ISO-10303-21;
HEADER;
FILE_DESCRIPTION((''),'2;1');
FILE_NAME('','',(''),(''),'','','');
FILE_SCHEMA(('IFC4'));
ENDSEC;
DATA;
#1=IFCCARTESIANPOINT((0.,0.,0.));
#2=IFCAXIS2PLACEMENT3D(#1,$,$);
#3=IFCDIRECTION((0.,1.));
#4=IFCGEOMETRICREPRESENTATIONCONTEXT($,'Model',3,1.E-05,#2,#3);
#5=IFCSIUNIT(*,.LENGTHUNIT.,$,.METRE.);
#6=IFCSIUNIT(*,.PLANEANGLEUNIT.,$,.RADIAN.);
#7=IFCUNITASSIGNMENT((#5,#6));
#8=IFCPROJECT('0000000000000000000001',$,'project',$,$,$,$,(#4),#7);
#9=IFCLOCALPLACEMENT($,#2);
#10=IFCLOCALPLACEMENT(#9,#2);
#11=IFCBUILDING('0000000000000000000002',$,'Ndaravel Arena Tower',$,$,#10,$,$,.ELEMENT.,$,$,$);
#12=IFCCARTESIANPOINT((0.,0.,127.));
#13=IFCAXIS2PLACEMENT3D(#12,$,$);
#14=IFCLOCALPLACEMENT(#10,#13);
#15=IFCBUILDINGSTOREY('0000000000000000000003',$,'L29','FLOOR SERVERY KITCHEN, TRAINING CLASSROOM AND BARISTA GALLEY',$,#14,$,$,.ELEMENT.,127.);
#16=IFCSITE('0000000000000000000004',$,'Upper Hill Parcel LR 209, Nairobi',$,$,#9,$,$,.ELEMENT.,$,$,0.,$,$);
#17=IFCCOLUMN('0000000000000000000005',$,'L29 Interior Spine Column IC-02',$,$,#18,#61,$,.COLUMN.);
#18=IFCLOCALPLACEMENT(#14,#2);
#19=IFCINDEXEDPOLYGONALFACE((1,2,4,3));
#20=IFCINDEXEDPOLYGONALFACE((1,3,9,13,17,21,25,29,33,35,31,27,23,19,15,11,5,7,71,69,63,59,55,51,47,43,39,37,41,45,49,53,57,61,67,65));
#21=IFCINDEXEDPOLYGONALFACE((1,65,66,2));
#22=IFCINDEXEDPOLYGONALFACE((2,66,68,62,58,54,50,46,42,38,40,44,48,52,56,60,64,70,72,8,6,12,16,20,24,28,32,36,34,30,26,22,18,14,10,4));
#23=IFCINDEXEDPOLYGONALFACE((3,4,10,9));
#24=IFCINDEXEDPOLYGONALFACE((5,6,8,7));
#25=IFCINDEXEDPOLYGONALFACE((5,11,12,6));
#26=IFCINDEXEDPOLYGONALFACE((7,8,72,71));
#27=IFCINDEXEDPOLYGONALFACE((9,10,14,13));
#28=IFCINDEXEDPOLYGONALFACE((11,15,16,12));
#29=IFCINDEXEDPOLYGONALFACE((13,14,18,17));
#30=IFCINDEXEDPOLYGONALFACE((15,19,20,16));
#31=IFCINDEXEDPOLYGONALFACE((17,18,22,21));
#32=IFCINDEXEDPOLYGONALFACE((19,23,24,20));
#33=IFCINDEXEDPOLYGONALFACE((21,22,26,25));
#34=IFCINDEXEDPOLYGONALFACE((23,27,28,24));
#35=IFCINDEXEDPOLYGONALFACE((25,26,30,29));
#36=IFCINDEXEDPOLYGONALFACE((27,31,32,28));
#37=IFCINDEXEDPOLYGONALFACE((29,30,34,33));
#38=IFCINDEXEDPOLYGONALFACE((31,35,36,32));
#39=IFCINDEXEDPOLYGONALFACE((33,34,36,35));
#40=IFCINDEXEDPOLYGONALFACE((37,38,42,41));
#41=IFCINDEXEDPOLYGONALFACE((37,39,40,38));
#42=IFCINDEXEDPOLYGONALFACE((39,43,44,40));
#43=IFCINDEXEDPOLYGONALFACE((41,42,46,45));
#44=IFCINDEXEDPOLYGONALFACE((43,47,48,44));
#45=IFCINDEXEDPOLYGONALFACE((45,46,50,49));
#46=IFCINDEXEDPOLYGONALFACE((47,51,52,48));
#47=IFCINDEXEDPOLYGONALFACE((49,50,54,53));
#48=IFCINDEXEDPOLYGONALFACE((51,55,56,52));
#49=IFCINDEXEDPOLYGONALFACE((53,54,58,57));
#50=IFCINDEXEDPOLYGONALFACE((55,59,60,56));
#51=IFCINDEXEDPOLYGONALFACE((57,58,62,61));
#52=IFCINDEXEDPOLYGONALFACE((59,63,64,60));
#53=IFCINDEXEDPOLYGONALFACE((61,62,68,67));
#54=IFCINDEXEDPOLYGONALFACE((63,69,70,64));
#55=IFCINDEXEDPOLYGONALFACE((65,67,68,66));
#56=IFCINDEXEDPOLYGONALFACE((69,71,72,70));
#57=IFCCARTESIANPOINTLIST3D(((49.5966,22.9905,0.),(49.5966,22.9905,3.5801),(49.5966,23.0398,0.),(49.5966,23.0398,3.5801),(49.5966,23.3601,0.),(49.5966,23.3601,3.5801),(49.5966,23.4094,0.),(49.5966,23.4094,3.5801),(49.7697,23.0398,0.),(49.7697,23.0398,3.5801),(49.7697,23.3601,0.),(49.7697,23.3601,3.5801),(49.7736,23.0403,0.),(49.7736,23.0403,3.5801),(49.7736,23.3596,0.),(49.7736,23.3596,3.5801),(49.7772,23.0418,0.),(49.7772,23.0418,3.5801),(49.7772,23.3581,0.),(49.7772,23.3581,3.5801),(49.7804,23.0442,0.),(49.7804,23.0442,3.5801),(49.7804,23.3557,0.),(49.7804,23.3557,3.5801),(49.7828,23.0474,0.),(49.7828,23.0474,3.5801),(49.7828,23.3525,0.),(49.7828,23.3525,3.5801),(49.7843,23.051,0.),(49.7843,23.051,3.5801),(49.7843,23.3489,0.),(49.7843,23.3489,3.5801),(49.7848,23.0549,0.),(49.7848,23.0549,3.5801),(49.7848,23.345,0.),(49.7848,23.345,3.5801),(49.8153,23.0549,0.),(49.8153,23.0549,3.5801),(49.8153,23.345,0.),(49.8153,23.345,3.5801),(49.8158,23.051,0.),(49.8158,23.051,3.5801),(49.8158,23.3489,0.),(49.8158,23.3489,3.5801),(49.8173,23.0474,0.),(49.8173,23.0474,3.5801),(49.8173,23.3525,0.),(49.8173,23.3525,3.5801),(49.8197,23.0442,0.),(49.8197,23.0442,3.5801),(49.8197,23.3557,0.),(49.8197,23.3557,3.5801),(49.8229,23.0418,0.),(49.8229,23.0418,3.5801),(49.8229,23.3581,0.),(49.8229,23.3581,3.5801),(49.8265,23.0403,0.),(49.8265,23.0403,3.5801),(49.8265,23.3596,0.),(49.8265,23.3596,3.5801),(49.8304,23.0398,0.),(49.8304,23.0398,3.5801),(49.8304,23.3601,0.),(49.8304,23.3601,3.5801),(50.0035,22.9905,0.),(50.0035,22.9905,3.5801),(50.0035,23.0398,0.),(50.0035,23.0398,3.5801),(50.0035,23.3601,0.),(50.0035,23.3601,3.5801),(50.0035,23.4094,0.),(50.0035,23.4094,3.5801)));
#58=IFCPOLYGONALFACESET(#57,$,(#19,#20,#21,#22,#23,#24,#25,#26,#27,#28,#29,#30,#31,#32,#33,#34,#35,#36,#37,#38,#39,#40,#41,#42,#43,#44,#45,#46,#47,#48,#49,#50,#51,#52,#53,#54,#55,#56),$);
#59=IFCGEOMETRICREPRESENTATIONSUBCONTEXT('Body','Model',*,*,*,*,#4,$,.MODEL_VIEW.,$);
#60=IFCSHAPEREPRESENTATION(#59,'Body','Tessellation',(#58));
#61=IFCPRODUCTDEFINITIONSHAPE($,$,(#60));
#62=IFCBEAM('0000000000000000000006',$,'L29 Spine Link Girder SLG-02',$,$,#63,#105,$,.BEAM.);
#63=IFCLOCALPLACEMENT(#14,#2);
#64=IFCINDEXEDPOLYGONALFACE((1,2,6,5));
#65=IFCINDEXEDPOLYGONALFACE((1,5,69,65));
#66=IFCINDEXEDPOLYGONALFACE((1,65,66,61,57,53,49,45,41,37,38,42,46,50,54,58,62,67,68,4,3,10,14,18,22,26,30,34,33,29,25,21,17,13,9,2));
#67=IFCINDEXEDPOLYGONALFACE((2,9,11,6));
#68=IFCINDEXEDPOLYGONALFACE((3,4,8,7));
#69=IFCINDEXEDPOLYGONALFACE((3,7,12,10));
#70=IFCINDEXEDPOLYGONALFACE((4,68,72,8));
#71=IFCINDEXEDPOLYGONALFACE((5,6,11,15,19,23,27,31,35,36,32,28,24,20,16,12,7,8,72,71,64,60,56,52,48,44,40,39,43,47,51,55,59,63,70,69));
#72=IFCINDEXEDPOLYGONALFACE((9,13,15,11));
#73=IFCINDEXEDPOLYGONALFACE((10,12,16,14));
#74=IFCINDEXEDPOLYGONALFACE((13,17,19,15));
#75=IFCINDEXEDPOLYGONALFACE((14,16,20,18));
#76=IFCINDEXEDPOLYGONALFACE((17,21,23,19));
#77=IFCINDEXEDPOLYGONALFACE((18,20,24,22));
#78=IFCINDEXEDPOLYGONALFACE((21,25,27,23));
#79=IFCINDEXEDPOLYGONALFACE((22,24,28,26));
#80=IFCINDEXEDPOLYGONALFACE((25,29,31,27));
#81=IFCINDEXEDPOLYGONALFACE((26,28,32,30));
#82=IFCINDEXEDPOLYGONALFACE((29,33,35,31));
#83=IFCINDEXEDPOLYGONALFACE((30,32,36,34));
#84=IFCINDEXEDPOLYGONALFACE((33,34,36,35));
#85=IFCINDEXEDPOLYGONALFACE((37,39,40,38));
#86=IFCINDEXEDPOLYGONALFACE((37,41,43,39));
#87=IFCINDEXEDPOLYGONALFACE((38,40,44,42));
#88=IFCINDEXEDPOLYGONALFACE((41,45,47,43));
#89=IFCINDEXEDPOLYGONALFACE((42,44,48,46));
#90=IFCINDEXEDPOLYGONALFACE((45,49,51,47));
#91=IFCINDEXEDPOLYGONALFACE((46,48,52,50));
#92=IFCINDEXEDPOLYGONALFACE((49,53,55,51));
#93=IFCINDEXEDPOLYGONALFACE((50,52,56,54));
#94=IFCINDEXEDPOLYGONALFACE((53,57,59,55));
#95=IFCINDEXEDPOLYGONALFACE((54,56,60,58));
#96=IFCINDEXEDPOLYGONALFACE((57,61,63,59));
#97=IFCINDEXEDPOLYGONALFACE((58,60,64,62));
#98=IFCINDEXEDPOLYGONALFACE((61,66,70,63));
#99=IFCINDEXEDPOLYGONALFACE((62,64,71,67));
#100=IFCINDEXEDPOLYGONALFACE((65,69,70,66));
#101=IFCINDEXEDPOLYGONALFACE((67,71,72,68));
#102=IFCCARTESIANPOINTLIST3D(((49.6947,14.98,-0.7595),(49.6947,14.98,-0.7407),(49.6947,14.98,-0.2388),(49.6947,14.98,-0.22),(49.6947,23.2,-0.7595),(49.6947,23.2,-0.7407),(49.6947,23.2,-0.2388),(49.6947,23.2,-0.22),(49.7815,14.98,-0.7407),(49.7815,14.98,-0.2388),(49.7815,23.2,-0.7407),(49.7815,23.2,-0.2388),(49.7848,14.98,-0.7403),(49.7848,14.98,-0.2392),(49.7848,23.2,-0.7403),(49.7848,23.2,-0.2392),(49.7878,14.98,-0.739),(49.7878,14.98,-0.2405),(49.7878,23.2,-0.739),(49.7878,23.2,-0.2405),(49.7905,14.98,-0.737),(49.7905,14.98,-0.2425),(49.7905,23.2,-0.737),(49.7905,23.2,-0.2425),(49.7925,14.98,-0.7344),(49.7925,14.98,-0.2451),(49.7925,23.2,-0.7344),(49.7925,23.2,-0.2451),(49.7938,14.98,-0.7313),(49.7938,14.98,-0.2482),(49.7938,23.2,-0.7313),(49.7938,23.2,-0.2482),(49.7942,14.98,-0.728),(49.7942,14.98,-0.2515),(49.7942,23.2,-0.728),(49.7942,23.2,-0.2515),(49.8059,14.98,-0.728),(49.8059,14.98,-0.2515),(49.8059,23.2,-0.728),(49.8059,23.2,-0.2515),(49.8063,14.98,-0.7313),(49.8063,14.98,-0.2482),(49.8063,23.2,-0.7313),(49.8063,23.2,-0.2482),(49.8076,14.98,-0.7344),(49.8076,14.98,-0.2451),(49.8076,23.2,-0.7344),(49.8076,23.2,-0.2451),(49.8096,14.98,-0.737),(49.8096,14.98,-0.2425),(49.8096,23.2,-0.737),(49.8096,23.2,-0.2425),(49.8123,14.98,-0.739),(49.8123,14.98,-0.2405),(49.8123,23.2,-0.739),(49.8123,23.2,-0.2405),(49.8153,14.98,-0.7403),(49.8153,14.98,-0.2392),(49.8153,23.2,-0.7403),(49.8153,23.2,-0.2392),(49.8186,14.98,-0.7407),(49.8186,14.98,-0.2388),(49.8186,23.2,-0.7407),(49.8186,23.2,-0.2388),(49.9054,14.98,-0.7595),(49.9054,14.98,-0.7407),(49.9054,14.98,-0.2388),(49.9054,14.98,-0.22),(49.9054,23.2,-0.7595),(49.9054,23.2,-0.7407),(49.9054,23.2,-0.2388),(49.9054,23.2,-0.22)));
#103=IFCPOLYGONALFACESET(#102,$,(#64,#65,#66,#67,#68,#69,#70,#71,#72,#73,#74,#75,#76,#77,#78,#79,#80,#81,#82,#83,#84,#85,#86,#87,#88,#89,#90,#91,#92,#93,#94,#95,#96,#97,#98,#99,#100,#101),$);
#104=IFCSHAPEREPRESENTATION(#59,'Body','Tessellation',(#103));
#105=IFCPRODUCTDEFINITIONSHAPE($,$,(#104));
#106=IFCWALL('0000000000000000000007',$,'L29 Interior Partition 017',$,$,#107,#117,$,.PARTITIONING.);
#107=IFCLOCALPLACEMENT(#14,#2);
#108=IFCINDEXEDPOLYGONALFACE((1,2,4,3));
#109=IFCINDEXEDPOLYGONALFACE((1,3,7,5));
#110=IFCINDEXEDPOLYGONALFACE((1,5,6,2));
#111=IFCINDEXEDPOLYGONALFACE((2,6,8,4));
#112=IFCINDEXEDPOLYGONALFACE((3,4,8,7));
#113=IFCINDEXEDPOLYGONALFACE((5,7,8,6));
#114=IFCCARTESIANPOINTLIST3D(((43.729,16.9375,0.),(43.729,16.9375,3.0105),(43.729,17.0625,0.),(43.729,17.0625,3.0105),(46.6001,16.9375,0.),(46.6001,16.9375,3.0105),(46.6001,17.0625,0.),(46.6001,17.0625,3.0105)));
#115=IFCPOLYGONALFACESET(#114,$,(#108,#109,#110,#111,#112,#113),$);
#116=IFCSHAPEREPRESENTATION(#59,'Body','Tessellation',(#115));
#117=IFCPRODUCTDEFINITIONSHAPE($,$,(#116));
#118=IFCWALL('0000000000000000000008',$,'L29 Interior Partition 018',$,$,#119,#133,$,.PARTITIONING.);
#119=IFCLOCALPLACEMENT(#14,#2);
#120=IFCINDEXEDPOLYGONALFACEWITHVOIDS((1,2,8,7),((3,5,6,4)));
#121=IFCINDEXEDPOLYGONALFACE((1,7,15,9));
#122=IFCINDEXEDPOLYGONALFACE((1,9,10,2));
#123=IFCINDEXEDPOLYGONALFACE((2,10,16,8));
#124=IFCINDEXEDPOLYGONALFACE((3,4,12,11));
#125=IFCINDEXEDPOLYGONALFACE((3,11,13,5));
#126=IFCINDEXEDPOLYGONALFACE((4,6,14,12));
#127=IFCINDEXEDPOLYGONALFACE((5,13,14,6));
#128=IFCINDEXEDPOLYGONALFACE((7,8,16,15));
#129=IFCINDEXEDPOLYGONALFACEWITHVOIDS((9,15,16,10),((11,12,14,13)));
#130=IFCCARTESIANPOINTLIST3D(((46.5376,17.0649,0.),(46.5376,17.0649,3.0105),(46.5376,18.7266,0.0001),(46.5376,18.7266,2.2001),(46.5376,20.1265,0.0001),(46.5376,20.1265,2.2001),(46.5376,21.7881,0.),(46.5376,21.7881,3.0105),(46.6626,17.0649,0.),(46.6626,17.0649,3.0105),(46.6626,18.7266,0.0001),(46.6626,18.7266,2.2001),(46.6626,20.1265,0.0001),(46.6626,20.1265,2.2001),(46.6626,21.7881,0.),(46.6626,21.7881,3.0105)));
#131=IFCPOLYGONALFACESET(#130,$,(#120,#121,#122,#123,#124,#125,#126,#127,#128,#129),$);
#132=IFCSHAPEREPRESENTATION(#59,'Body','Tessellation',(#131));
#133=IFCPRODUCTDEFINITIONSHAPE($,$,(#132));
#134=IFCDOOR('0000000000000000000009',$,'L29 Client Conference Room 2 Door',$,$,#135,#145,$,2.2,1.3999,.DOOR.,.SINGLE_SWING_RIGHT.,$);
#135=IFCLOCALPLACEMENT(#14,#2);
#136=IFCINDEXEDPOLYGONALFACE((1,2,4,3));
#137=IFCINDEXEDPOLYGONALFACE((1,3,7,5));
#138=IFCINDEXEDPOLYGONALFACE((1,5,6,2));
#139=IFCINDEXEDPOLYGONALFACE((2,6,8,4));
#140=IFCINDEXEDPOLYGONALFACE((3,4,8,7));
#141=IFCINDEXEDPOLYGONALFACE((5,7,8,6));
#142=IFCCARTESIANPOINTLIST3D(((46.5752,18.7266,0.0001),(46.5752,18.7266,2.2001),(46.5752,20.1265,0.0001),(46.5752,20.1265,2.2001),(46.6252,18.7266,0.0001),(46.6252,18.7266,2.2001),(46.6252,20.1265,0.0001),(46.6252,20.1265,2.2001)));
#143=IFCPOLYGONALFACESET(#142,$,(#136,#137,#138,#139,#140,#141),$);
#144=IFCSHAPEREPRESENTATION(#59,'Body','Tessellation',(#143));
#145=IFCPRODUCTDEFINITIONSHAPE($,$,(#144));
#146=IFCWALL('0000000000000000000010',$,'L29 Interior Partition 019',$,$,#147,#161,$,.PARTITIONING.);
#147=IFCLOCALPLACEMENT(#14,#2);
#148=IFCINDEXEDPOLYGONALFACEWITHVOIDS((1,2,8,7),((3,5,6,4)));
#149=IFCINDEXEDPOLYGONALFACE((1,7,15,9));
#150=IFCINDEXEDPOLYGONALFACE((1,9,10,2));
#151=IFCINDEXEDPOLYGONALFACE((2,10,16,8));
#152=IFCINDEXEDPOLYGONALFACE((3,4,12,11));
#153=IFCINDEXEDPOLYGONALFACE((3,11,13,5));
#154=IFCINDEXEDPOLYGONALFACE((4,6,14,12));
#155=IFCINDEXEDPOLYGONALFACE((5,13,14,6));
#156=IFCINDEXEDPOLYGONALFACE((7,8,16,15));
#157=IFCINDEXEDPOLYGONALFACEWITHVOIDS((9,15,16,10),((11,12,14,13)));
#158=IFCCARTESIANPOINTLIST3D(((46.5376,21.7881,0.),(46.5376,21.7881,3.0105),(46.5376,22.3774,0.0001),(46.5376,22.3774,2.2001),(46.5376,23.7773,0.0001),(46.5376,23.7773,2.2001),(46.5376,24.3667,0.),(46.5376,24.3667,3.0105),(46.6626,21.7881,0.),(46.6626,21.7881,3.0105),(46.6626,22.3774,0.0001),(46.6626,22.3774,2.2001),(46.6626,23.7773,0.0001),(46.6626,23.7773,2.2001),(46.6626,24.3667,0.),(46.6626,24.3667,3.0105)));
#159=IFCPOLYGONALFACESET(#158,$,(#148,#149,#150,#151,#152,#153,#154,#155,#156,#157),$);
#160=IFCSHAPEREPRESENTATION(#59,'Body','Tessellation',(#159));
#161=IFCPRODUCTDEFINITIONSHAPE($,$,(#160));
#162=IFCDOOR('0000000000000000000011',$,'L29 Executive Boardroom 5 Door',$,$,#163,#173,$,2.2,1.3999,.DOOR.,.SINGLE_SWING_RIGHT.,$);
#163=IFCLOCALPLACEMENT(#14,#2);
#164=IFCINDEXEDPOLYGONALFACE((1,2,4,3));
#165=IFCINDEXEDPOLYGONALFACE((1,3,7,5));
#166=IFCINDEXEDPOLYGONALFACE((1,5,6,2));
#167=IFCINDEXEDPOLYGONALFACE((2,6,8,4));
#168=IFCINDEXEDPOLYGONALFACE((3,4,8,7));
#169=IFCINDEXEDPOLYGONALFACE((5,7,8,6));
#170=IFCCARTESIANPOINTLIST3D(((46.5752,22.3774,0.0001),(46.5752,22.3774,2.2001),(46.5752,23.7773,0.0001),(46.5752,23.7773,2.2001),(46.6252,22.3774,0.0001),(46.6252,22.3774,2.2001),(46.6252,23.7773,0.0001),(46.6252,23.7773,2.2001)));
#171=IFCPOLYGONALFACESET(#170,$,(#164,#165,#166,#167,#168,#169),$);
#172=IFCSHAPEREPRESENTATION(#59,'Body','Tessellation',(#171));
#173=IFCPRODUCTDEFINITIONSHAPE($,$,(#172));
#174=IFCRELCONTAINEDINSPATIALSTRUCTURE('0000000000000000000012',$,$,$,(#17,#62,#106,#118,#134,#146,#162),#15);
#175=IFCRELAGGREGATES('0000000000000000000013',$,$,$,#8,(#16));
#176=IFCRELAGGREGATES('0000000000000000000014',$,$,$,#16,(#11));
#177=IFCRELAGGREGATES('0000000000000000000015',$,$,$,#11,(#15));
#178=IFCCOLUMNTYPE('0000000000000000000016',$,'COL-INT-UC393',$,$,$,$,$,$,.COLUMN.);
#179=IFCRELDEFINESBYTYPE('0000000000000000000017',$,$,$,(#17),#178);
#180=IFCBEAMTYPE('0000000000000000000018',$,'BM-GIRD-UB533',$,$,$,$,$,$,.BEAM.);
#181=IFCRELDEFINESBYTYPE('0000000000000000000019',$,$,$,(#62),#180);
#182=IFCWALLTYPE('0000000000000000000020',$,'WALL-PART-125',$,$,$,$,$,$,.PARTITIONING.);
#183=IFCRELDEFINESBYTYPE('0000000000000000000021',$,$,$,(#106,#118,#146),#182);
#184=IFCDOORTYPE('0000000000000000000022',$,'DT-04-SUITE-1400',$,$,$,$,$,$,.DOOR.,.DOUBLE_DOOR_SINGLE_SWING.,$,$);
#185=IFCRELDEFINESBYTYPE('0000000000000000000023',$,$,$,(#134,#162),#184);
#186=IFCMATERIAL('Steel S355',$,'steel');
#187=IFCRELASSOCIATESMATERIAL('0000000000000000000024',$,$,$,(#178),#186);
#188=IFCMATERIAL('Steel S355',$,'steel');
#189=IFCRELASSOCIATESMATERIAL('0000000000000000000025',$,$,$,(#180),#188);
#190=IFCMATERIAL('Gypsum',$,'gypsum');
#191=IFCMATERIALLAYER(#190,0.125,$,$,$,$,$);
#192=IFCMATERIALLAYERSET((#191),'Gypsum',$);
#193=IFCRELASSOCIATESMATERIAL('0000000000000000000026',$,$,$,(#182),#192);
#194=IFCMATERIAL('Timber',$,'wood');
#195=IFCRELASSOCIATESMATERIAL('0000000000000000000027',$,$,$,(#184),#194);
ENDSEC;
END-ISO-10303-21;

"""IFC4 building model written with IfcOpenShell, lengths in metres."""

from ifc_helpers import new_model, si_unit, direction, frame, frame_2d, origin, origin_2d, place, context, subcontext, project, spatial, rectangle, i_section, extrude, material, layer, layer_set, material_profile, profile_set, type_object, element, fill, save


model = new_model("IFC4")

# Units and contexts
model_context = context("Model", 3, precision=1e-05, world=origin(), true_north=direction((0.0, 1.0)))
body_context = subcontext(model_context, "Body", "Model", "MODEL_VIEW")
ifc_project = project(units=[si_unit("LENGTHUNIT", "METRE"), si_unit("PLANEANGLEUNIT", "RADIAN")], contexts=[model_context])

# Site, building, storey
site_placement = place(None, origin())
site = spatial("IfcSite", under=ifc_project, at=site_placement, Name="Upper Hill Parcel LR 209, Nairobi", CompositionType="ELEMENT", RefElevation=0.0)
building_placement = place(site_placement, origin())
building = spatial("IfcBuilding", under=site, at=building_placement, Name="Ndaravel Arena Tower", CompositionType="ELEMENT")
storey_placement = place(building_placement, frame((0.0, 0.0, 127.0)))
storey = spatial("IfcBuildingStorey", under=building, at=storey_placement, Name="L29", Description="FLOOR SERVERY KITCHEN, TRAINING CLASSROOM AND BARISTA GALLEY", CompositionType="ELEMENT", Elevation=127.0)

# Column
ifc_material_1 = material(Name="Steel S355", Category="steel")
ifc_material_profile_1 = material_profile(ifc_material_1, i_section(OverallWidth=0.407, OverallDepth=0.4189, WebThickness=0.0305, FlangeThickness=0.0493, FilletRadius=0.0151, at=origin_2d()), Name="UC 356x406x393")
ifc_profile_set_1 = profile_set([ifc_material_profile_1], Name="Steel S355")
column_type = type_object("IfcColumnType", Name="COL-INT-UC393", PredefinedType="COLUMN", material=ifc_profile_set_1)
column_placement = place(storey_placement, frame((49.8, 23.2, 0.0), z_axis=(0.0, 0.0, 1.0), x_axis=(1.0, 0.0, 0.0)))
element("IfcColumn", 1, at=column_placement, inside=storey, type_object=column_type, Name="L29 Interior Spine Column IC-02", PredefinedType="COLUMN", context=body_context, shape_type="SweptSolid", body=[
    extrude(i_section(OverallWidth=0.407, OverallDepth=0.4189, WebThickness=0.0305, FlangeThickness=0.0493, FilletRadius=0.0151, at=origin_2d()), origin(), (0.0, 0.0, 1.0), 3.5801),
])

# Beam
ifc_material_2 = material(Name="Steel S355", Category="steel")
ifc_material_profile_2 = material_profile(ifc_material_2, i_section(OverallWidth=0.2107, OverallDepth=0.5396, WebThickness=0.0117, FlangeThickness=0.0188, FilletRadius=0.0127, at=origin_2d()), Name="UB 533x210x109")
ifc_profile_set_2 = profile_set([ifc_material_profile_2], Name="Steel S355")
beam_type = type_object("IfcBeamType", Name="BM-GIRD-UB533", PredefinedType="BEAM", material=ifc_profile_set_2)
beam_placement = place(storey_placement, frame((49.8, 14.98, -0.4897), z_axis=(0.0, 1.0, 0.0), x_axis=(-1.0, 0.0, 0.0)))
element("IfcBeam", 2, at=beam_placement, inside=storey, type_object=beam_type, Name="L29 Spine Link Girder SLG-02", PredefinedType="BEAM", context=body_context, shape_type="SweptSolid", body=[
    extrude(i_section(OverallWidth=0.2107, OverallDepth=0.5396, WebThickness=0.0117, FlangeThickness=0.0188, FilletRadius=0.0127, at=origin_2d()), origin(), (0.0, 0.0, 1.0), 8.22),
])

# Wall
ifc_material_3 = material(Name="Gypsum", Category="gypsum")
ifc_layer_1 = layer(ifc_material_3, 0.125)
ifc_layer_set_1 = layer_set([ifc_layer_1], Name="Gypsum")
wall_type_1 = type_object("IfcWallType", Name="WALL-PART-125", PredefinedType="PARTITIONING", material=ifc_layer_set_1)
wall_1_placement = place(storey_placement, frame((43.729, 17.0, 0.0), z_axis=(0.0, 0.0, 1.0), x_axis=(1.0, 0.0, 0.0)))
element("IfcWall", 3, at=wall_1_placement, inside=storey, type_object=wall_type_1, Name="L29 Interior Partition 017", PredefinedType="PARTITIONING", context=body_context, shape_type="SweptSolid", body=[
    extrude(rectangle(XDim=2.8711, YDim=0.125, at=frame_2d((1.4355, 0.0))), origin(), (0.0, 0.0, 1.0), 3.0105),
])

# Walls, openings, doors
wall_2_placement = place(storey_placement, frame((46.6001, 17.0649, 0.0), z_axis=(0.0, 0.0, 1.0), x_axis=(0.0, 1.0, 0.0)))
wall_2 = element("IfcWall", 4, at=wall_2_placement, inside=storey, type_object=wall_type_1, Name="L29 Interior Partition 018", PredefinedType="PARTITIONING", context=body_context, shape_type="SweptSolid", body=[
    extrude(rectangle(XDim=4.7231, YDim=0.125, at=frame_2d((2.3616, 0.0))), origin(), (0.0, 0.0, 1.0), 3.0105),
])
opening_1_placement = place(wall_2_placement, frame((1.6616, 0.0, 0.0)))
opening_1 = element("IfcOpeningElement", 5, at=opening_1_placement, cuts=wall_2, PredefinedType="OPENING", context=body_context, shape_type="SweptSolid", body=[
    extrude(rectangle(XDim=1.3999, YDim=2.2, at=frame_2d((0.7, 1.1001))), frame((0.0, 0.0625, 0.0), z_axis=(0.0, -1.0, 0.0), x_axis=(1.0, 0.0, 0.0)), (0.0, 0.0, 1.0), 0.125),
])
ifc_material_4 = material(Name="Timber", Category="wood")
door_type_1 = type_object("IfcDoorType", Name="DT-04-SUITE-1400", OperationType="DOUBLE_DOOR_SINGLE_SWING", PredefinedType="DOOR", material=ifc_material_4)
door_1_placement = place(opening_1_placement, origin())
door_1 = element("IfcDoor", 6, at=door_1_placement, inside=storey, type_object=door_type_1, Name="L29 Client Conference Room 2 Door", OperationType="SINGLE_SWING_RIGHT", OverallHeight=2.2, OverallWidth=1.3999, PredefinedType="DOOR", context=body_context, shape_type="SweptSolid", body=[
    extrude(rectangle(XDim=1.3999, YDim=2.2, at=frame_2d((0.7, 1.1001))), frame((0.0, 0.0249, 0.0), z_axis=(0.0, -1.0, 0.0), x_axis=(1.0, 0.0, 0.0)), (0.0, 0.0, 1.0), 0.05),
])
fill(opening_1, door_1)
wall_3_placement = place(storey_placement, frame((46.6001, 21.7881, 0.0), z_axis=(0.0, 0.0, 1.0), x_axis=(0.0, 1.0, 0.0)))
wall_3 = element("IfcWall", 7, at=wall_3_placement, inside=storey, type_object=wall_type_1, Name="L29 Interior Partition 019", PredefinedType="PARTITIONING", context=body_context, shape_type="SweptSolid", body=[
    extrude(rectangle(XDim=2.5786, YDim=0.125, at=frame_2d((1.2893, 0.0))), origin(), (0.0, 0.0, 1.0), 3.0105),
])
opening_2_placement = place(wall_3_placement, frame((0.5894, 0.0, 0.0)))
opening_2 = element("IfcOpeningElement", 8, at=opening_2_placement, cuts=wall_3, PredefinedType="OPENING", context=body_context, shape_type="SweptSolid", body=[
    extrude(rectangle(XDim=1.3999, YDim=2.2, at=frame_2d((0.7, 1.1001))), frame((0.0, 0.0625, 0.0), z_axis=(0.0, -1.0, 0.0), x_axis=(1.0, 0.0, 0.0)), (0.0, 0.0, 1.0), 0.125),
])
door_2_placement = place(opening_2_placement, origin())
door_2 = element("IfcDoor", 9, at=door_2_placement, inside=storey, type_object=door_type_1, Name="L29 Executive Boardroom 5 Door", OperationType="SINGLE_SWING_RIGHT", OverallHeight=2.2, OverallWidth=1.3999, PredefinedType="DOOR", context=body_context, shape_type="SweptSolid", body=[
    extrude(rectangle(XDim=1.3999, YDim=2.2, at=frame_2d((0.7, 1.1001))), frame((0.0, 0.0249, 0.0), z_axis=(0.0, -1.0, 0.0), x_axis=(1.0, 0.0, 0.0)), (0.0, 0.0, 1.0), 0.05),
])
fill(opening_2, door_2)

save(model, "model.ifc")
